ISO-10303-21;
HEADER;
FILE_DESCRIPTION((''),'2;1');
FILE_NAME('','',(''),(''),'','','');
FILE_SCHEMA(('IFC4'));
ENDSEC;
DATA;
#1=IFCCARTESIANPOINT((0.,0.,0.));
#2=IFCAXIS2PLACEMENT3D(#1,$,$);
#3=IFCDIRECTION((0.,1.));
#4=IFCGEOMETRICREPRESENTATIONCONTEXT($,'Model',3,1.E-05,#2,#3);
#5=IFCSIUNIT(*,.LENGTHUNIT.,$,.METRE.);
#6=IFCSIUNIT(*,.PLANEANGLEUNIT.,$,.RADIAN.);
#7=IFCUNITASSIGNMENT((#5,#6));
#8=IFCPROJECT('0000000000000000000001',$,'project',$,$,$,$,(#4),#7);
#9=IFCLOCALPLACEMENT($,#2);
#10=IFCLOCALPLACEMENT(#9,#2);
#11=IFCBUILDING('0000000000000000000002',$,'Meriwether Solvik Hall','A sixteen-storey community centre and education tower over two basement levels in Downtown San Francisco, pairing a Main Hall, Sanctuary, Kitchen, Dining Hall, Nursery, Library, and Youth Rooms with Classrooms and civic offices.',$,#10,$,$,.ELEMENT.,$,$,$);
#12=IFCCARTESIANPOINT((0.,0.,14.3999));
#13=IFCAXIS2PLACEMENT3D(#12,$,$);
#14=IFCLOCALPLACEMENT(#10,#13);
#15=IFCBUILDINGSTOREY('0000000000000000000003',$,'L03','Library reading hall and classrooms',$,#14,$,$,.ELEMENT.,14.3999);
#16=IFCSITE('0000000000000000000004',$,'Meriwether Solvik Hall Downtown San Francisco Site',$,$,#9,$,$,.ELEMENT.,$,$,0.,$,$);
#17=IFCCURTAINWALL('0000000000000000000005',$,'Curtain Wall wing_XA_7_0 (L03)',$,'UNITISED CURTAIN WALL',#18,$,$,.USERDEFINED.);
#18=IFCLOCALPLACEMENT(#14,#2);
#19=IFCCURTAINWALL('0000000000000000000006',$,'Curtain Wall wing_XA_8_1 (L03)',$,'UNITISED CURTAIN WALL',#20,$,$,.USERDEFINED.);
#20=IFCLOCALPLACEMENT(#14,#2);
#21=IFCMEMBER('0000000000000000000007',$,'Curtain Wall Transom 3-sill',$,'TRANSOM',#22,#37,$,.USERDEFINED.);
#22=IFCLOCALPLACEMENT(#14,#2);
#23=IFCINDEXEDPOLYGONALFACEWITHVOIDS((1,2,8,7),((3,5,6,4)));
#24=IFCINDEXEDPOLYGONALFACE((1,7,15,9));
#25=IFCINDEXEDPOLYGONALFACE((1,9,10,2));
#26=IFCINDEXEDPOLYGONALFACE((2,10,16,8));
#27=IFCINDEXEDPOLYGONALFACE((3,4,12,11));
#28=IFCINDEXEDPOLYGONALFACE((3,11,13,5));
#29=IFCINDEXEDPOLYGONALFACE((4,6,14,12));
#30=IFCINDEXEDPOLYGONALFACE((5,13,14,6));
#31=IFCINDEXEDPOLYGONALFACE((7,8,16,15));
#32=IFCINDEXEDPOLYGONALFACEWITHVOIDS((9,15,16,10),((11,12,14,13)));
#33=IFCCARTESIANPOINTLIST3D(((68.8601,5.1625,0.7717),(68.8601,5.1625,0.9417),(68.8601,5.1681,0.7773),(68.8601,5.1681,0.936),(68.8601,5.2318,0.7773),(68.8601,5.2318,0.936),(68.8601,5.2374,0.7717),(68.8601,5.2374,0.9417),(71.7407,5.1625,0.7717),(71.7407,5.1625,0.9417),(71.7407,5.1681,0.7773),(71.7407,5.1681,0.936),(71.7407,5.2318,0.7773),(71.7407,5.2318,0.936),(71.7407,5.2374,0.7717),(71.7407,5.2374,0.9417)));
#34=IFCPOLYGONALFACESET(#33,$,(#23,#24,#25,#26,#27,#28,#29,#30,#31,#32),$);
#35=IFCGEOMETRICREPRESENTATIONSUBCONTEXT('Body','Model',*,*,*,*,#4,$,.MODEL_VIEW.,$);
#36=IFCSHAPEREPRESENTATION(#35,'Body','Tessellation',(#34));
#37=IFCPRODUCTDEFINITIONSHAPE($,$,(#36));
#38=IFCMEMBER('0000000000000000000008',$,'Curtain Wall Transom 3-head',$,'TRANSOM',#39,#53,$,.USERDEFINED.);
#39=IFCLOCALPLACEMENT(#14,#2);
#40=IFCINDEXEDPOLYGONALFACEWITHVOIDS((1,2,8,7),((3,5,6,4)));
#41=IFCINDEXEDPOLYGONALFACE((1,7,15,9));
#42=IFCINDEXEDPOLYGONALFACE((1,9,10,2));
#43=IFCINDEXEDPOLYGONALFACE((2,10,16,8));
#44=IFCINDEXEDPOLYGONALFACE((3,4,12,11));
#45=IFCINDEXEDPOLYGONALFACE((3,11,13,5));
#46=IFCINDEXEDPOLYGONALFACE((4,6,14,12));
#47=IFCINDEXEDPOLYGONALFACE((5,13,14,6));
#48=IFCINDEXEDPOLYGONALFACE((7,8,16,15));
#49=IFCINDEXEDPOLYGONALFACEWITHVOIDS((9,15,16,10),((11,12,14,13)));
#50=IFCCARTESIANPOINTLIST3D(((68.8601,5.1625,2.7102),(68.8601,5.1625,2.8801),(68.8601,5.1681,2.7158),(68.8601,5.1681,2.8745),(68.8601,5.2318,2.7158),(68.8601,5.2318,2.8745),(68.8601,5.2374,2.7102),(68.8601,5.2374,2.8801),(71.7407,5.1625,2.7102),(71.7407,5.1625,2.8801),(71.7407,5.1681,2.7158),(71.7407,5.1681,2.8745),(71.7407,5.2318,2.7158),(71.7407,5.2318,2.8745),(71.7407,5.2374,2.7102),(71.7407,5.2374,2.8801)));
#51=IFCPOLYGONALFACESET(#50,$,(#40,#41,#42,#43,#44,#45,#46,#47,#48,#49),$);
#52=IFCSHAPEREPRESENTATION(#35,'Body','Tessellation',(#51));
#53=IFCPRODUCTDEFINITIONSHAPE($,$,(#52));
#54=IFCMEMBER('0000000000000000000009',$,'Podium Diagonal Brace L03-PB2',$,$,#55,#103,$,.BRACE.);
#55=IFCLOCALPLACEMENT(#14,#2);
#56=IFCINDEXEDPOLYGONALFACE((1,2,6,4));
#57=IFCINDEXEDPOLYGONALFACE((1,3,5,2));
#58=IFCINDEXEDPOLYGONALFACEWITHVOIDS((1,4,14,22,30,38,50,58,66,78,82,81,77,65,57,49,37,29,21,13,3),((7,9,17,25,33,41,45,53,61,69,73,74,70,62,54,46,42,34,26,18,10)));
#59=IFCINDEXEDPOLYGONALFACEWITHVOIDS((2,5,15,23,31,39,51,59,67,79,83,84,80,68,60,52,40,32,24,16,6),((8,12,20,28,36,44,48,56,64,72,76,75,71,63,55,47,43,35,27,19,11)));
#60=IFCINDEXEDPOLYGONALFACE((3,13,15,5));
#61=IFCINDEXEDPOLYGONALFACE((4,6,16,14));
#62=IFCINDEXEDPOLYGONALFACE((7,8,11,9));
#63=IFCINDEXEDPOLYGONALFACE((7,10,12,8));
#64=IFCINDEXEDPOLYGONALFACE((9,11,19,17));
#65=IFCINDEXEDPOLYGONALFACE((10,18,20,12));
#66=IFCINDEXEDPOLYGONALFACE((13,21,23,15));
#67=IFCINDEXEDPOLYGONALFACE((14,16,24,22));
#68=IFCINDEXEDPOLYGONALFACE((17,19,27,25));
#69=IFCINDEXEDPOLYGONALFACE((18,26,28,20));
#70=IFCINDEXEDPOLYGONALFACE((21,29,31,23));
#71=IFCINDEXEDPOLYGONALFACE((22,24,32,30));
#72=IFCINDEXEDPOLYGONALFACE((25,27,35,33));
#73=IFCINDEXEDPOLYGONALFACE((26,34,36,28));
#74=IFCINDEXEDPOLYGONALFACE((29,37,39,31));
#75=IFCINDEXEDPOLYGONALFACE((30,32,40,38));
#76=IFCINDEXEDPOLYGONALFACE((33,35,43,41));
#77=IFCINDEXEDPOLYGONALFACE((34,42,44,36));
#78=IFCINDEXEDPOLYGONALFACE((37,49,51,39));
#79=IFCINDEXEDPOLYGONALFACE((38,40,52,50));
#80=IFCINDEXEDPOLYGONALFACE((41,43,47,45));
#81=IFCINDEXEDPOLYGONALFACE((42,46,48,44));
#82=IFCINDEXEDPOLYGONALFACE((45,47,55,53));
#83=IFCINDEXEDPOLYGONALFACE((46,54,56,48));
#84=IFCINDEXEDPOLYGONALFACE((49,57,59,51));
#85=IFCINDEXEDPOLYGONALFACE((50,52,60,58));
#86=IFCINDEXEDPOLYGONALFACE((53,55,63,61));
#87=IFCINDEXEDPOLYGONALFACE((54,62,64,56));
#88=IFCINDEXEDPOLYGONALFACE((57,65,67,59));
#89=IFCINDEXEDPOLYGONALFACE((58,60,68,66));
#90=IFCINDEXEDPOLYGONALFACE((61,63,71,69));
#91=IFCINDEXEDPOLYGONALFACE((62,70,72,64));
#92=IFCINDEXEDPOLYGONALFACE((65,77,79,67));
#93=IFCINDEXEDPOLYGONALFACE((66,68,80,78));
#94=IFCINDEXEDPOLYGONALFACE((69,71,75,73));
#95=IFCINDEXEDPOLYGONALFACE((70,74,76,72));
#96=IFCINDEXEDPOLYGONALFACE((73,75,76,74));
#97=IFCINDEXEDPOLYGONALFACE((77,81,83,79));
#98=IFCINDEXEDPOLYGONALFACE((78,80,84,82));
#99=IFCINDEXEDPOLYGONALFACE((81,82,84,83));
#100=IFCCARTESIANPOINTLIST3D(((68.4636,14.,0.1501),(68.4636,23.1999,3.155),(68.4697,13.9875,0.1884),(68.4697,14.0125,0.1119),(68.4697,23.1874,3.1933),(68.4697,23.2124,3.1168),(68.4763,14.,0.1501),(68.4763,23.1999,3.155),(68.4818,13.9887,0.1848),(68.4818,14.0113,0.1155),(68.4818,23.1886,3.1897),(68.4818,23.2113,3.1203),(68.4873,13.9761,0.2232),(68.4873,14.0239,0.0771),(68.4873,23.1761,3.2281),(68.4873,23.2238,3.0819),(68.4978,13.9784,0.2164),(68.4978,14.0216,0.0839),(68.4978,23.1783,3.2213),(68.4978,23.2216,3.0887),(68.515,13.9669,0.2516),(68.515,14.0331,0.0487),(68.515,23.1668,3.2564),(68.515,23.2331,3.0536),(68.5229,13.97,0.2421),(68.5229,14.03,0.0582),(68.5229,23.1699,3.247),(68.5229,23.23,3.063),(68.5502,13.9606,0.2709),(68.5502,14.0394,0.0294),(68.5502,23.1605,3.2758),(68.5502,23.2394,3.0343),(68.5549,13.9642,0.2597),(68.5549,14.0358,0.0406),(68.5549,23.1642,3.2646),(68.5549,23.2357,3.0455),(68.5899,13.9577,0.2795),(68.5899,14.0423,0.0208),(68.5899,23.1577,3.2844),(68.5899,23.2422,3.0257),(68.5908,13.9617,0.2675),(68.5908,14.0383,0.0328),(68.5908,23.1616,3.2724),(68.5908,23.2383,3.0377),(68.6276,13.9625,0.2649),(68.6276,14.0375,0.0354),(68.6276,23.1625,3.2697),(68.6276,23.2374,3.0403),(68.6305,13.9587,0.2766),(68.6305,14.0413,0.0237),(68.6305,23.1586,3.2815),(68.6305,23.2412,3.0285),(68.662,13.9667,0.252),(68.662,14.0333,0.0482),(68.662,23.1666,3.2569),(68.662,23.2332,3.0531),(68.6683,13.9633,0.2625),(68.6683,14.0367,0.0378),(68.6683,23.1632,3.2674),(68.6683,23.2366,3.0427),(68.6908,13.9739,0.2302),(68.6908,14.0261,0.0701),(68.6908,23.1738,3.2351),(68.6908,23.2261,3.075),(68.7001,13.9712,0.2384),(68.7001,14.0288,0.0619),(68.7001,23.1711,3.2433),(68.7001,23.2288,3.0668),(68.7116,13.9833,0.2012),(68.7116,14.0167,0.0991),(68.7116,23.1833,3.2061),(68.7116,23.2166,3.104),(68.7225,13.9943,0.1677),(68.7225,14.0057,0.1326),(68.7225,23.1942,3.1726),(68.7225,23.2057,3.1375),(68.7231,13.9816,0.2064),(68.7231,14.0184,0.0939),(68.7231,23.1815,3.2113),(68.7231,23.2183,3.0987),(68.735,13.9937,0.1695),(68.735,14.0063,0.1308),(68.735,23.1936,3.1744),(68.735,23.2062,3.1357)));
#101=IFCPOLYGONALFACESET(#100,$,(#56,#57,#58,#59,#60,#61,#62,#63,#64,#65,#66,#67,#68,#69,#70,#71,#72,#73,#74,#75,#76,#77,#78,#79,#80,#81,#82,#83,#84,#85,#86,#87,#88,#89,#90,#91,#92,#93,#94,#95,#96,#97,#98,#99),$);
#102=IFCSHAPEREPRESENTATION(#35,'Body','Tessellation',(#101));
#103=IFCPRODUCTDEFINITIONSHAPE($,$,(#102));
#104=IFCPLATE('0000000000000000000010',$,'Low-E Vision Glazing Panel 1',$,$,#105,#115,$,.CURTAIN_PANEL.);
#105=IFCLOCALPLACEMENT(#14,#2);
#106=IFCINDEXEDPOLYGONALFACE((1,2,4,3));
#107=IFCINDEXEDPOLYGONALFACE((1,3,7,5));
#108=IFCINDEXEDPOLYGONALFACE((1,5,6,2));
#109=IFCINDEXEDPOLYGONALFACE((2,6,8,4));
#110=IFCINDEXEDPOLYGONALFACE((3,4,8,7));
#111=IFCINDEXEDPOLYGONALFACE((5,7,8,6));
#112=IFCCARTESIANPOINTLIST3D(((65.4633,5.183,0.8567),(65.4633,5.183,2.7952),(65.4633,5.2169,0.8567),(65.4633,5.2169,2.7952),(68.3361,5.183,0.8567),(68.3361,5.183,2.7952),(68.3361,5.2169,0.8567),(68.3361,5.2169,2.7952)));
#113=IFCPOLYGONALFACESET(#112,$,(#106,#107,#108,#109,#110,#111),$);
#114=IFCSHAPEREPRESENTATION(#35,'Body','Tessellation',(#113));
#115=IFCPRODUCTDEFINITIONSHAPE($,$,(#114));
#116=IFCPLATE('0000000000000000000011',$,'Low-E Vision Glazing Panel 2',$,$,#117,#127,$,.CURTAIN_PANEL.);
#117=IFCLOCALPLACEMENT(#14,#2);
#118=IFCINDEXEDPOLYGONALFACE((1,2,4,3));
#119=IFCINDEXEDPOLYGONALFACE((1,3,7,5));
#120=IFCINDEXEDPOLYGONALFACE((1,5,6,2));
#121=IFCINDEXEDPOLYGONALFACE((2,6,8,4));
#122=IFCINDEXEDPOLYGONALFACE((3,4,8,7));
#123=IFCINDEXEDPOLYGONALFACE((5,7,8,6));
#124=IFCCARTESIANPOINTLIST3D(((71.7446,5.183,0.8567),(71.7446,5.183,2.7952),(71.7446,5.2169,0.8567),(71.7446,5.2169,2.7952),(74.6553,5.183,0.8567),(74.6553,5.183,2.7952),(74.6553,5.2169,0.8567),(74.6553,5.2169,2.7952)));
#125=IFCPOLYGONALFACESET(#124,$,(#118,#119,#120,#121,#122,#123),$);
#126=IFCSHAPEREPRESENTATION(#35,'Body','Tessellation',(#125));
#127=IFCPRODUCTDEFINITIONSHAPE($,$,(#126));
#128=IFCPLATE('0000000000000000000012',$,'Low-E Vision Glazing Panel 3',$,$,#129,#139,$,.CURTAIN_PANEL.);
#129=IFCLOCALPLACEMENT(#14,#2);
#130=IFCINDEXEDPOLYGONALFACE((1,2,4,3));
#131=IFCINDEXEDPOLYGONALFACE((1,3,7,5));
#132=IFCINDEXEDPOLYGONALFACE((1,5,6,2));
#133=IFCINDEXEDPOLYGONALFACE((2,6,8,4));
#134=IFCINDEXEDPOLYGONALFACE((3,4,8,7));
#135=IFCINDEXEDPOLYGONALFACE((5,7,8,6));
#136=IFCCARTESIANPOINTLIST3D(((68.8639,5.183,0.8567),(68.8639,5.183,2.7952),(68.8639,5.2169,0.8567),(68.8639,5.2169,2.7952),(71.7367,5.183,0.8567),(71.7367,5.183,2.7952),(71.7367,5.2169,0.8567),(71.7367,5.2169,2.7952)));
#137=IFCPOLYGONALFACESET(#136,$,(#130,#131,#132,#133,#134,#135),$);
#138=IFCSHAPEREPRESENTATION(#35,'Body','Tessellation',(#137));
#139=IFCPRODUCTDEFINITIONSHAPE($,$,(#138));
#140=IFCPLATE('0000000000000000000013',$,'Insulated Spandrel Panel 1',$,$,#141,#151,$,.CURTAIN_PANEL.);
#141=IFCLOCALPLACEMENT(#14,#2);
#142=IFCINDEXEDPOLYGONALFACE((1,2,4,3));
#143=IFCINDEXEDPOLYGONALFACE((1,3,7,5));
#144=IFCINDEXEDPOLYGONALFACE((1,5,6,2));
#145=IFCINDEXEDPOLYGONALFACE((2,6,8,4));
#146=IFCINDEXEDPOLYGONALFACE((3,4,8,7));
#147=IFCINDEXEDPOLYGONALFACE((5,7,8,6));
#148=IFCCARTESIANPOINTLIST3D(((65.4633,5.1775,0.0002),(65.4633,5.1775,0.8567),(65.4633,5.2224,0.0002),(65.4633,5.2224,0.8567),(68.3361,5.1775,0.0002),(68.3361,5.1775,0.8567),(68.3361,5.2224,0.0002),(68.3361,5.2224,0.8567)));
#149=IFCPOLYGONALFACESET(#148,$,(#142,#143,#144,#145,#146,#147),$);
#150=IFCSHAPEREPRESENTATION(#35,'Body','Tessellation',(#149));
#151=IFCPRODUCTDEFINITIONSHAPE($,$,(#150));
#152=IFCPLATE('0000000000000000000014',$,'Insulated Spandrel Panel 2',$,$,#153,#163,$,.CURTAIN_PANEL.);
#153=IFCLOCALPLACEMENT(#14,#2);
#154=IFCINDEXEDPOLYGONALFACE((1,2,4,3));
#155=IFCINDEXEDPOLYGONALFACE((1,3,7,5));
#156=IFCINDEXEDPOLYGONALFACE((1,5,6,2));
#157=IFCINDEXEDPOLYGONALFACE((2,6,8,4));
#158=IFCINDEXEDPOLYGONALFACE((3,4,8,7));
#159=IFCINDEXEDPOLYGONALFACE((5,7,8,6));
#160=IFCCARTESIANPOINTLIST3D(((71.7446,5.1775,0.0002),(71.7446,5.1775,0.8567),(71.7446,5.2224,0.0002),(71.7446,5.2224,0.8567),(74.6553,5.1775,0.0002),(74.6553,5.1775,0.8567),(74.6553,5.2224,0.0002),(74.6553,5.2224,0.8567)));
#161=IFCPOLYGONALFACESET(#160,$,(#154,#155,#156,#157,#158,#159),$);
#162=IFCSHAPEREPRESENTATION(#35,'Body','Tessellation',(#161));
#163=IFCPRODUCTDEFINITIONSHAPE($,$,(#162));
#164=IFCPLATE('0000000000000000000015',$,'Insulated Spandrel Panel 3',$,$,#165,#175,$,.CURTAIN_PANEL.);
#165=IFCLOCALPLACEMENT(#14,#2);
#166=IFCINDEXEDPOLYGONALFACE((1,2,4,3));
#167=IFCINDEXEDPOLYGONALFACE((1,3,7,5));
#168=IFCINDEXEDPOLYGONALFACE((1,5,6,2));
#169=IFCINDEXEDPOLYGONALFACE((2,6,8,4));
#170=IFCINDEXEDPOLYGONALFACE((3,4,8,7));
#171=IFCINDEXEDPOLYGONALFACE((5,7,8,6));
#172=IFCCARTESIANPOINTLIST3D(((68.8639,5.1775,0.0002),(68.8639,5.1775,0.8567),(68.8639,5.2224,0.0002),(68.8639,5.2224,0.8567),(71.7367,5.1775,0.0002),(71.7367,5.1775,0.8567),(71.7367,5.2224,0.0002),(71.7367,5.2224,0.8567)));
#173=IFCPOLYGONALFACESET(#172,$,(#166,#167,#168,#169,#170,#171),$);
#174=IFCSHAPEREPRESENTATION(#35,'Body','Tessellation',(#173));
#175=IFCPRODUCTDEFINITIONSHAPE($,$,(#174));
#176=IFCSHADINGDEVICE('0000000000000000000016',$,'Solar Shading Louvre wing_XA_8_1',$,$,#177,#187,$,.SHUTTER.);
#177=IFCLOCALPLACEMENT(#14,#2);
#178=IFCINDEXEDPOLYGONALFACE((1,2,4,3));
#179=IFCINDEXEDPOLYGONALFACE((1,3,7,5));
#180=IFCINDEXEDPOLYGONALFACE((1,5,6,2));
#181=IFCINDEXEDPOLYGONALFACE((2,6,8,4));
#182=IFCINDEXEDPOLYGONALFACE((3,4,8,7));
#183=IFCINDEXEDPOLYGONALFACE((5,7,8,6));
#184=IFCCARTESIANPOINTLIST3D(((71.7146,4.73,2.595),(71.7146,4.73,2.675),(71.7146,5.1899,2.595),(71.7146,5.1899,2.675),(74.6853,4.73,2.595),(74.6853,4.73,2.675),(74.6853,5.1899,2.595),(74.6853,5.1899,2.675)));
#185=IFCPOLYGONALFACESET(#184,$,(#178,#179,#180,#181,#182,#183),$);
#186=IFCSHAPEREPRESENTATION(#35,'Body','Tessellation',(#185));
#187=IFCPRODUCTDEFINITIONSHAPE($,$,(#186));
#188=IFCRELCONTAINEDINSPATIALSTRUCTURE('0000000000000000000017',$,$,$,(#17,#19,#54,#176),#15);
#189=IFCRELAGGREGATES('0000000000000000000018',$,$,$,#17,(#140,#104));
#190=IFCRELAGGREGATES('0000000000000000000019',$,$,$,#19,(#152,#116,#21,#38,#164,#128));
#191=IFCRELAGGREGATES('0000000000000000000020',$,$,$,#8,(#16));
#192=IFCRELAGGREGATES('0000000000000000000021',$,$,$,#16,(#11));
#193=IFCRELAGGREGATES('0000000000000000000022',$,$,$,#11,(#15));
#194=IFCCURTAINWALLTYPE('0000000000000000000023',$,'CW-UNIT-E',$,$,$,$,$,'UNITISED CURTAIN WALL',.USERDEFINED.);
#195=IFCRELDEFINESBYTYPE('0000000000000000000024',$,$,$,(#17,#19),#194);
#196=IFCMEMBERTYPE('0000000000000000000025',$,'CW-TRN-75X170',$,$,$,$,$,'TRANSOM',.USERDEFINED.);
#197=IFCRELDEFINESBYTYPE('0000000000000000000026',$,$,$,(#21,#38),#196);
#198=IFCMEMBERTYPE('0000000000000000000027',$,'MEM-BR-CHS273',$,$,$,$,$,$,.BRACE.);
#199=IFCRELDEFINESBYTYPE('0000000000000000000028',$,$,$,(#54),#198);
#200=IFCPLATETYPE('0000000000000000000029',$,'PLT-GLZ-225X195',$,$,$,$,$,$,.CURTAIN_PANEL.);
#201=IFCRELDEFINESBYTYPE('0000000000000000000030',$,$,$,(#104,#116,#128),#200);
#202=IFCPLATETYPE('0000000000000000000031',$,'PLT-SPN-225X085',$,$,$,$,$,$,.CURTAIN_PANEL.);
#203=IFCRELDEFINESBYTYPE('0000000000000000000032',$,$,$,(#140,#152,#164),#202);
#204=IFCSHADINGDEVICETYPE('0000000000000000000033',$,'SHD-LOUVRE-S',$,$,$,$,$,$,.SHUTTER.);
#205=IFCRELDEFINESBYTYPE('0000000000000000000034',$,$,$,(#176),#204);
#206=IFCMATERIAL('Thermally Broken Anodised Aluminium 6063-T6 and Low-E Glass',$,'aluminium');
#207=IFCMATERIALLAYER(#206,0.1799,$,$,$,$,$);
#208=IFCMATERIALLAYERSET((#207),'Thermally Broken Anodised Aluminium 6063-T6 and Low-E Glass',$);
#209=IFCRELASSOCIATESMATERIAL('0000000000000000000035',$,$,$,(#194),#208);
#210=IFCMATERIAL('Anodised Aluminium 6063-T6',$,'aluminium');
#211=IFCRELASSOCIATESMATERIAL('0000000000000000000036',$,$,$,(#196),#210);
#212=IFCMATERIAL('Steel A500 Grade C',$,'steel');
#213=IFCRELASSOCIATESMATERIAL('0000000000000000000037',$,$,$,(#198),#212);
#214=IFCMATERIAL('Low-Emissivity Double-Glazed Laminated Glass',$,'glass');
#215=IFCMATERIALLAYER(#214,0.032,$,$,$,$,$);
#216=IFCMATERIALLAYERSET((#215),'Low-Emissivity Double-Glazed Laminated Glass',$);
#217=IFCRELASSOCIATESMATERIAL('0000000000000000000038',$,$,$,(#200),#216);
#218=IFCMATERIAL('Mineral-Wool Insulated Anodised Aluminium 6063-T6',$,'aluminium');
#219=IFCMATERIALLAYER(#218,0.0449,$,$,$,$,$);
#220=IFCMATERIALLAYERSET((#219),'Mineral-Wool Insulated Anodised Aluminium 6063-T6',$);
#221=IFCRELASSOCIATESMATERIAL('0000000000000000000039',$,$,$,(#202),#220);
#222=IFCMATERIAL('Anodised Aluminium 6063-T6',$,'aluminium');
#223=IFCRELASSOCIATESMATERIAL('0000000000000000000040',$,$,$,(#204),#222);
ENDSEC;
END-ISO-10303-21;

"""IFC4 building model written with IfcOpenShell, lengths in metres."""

from ifc_helpers import new_model, si_unit, direction, frame, origin, origin_2d, place, context, subcontext, project, spatial, rectangle, hollow_rectangle, hollow_circle, extrude, material, layer, layer_set, material_profile, profile_set, type_object, element, aggregate, save


model = new_model("IFC4")

# Units and contexts
model_context = context("Model", 3, precision=1e-05, world=origin(), true_north=direction((0.0, 1.0)))
body_context = subcontext(model_context, "Body", "Model", "MODEL_VIEW")
ifc_project = project(units=[si_unit("LENGTHUNIT", "METRE"), si_unit("PLANEANGLEUNIT", "RADIAN")], contexts=[model_context])

# Site, building, storey
site_placement = place(None, origin())
site = spatial("IfcSite", under=ifc_project, at=site_placement, Name="Meriwether Solvik Hall Downtown San Francisco Site", CompositionType="ELEMENT", RefElevation=0.0)
building_placement = place(site_placement, origin())
building = spatial("IfcBuilding", under=site, at=building_placement, Name="Meriwether Solvik Hall", Description="A sixteen-storey community centre and education tower over two basement levels in Downtown San Francisco, pairing a Main Hall, Sanctuary, Kitchen, Dining Hall, Nursery, Library, and Youth Rooms with Classrooms and civic offices.", CompositionType="ELEMENT")
storey_placement = place(building_placement, frame((0.0, 0.0, 14.3999)))
storey = spatial("IfcBuildingStorey", under=building, at=storey_placement, Name="L03", Description="Library reading hall and classrooms", CompositionType="ELEMENT", Elevation=14.3999)

# Curtain walls
ifc_material_1 = material(Name="Thermally Broken Anodised Aluminium 6063-T6 and Low-E Glass", Category="aluminium")
ifc_layer_1 = layer(ifc_material_1, 0.1799)
ifc_layer_set_1 = layer_set([ifc_layer_1], Name="Thermally Broken Anodised Aluminium 6063-T6 and Low-E Glass")
curtain_wall_type = type_object("IfcCurtainWallType", Name="CW-UNIT-E", ElementType="UNITISED CURTAIN WALL", PredefinedType="USERDEFINED", material=ifc_layer_set_1)
curtain_wall_1_placement = place(storey_placement, origin())
curtain_wall_1 = element("IfcCurtainWall", 1, at=curtain_wall_1_placement, inside=storey, type_object=curtain_wall_type, Name="Curtain Wall wing_XA_7_0 (L03)", ObjectType="UNITISED CURTAIN WALL", PredefinedType="USERDEFINED")
curtain_wall_2_placement = place(storey_placement, origin())
curtain_wall_2 = element("IfcCurtainWall", 2, at=curtain_wall_2_placement, inside=storey, type_object=curtain_wall_type, Name="Curtain Wall wing_XA_8_1 (L03)", ObjectType="UNITISED CURTAIN WALL", PredefinedType="USERDEFINED")

# Members
ifc_material_2 = material(Name="Anodised Aluminium 6063-T6", Category="aluminium")
ifc_material_profile_1 = material_profile(ifc_material_2, hollow_rectangle(XDim=0.075, YDim=0.1699, WallThickness=0.0056, at=origin_2d()), Name="CWT-75X170")
ifc_profile_set_1 = profile_set([ifc_material_profile_1], Name="Anodised Aluminium 6063-T6")
member_type_1 = type_object("IfcMemberType", Name="CW-TRN-75X170", ElementType="TRANSOM", PredefinedType="USERDEFINED", material=ifc_profile_set_1)
member_1_placement = place(storey_placement, frame((71.7407, 5.2, 0.8567), z_axis=(-1.0, 0.0, 0.0), x_axis=(0.0, -1.0, 0.0)))
member_1 = element("IfcMember", 3, at=member_1_placement, type_object=member_type_1, Name="Curtain Wall Transom 3-sill", ObjectType="TRANSOM", PredefinedType="USERDEFINED", context=body_context, shape_type="SweptSolid", body=[
    extrude(hollow_rectangle(XDim=0.075, YDim=0.1699, WallThickness=0.0056, at=origin_2d()), origin(), (0.0, 0.0, 1.0), 2.8806),
])
member_2_placement = place(storey_placement, frame((71.7407, 5.2, 2.7952), z_axis=(-1.0, 0.0, 0.0), x_axis=(0.0, -1.0, 0.0)))
member_2 = element("IfcMember", 4, at=member_2_placement, type_object=member_type_1, Name="Curtain Wall Transom 3-head", ObjectType="TRANSOM", PredefinedType="USERDEFINED", context=body_context, shape_type="SweptSolid", body=[
    extrude(hollow_rectangle(XDim=0.075, YDim=0.1699, WallThickness=0.0056, at=origin_2d()), origin(), (0.0, 0.0, 1.0), 2.8806),
])
ifc_material_3 = material(Name="Steel A500 Grade C", Category="steel")
ifc_material_profile_2 = material_profile(ifc_material_3, hollow_circle(Radius=0.1365, WallThickness=0.0127, at=origin_2d()), Name="CHS273X12.7")
ifc_profile_set_2 = profile_set([ifc_material_profile_2], Name="Steel A500 Grade C")
member_type_2 = type_object("IfcMemberType", Name="MEM-BR-CHS273", PredefinedType="BRACE", material=ifc_profile_set_2)
member_3_placement = place(storey_placement, frame((68.6001, 14.0, 0.1501), z_axis=(0.0, 0.950581, 0.310478), x_axis=(-1.0, 0.0, 0.0)))
element("IfcMember", 5, at=member_3_placement, inside=storey, type_object=member_type_2, Name="Podium Diagonal Brace L03-PB2", PredefinedType="BRACE", context=body_context, shape_type="SweptSolid", body=[
    extrude(hollow_circle(Radius=0.1365, WallThickness=0.0127, at=origin_2d()), origin(), (0.0, 0.0, 1.0), 9.6782),
])

# Plates
ifc_material_4 = material(Name="Low-Emissivity Double-Glazed Laminated Glass", Category="glass")
ifc_layer_2 = layer(ifc_material_4, 0.032)
ifc_layer_set_2 = layer_set([ifc_layer_2], Name="Low-Emissivity Double-Glazed Laminated Glass")
plate_type_1 = type_object("IfcPlateType", Name="PLT-GLZ-225X195", PredefinedType="CURTAIN_PANEL", material=ifc_layer_set_2)
plate_1_placement = place(storey_placement, frame((66.8997, 5.2, 0.8567), z_axis=(0.0, 0.0, 1.0), x_axis=(-1.0, 0.0, 0.0)))
plate_1 = element("IfcPlate", 6, at=plate_1_placement, type_object=plate_type_1, Name="Low-E Vision Glazing Panel 1", PredefinedType="CURTAIN_PANEL", context=body_context, shape_type="SweptSolid", body=[
    extrude(rectangle(XDim=2.8728, YDim=0.0339, at=origin_2d()), origin(), (0.0, 0.0, 1.0), 1.9385),
])
plate_2_placement = place(storey_placement, frame((73.2, 5.2, 0.8567), z_axis=(0.0, 0.0, 1.0), x_axis=(-1.0, 0.0, 0.0)))
plate_2 = element("IfcPlate", 7, at=plate_2_placement, type_object=plate_type_1, Name="Low-E Vision Glazing Panel 2", PredefinedType="CURTAIN_PANEL", context=body_context, shape_type="SweptSolid", body=[
    extrude(rectangle(XDim=2.9106, YDim=0.0339, at=origin_2d()), origin(), (0.0, 0.0, 1.0), 1.9385),
])
plate_3_placement = place(storey_placement, frame((70.3003, 5.2, 0.8567), z_axis=(0.0, 0.0, 1.0), x_axis=(-1.0, 0.0, 0.0)))
plate_3 = element("IfcPlate", 8, at=plate_3_placement, type_object=plate_type_1, Name="Low-E Vision Glazing Panel 3", PredefinedType="CURTAIN_PANEL", context=body_context, shape_type="SweptSolid", body=[
    extrude(rectangle(XDim=2.8728, YDim=0.0339, at=origin_2d()), origin(), (0.0, 0.0, 1.0), 1.9385),
])
ifc_material_5 = material(Name="Mineral-Wool Insulated Anodised Aluminium 6063-T6", Category="aluminium")
ifc_layer_3 = layer(ifc_material_5, 0.0449)
ifc_layer_set_3 = layer_set([ifc_layer_3], Name="Mineral-Wool Insulated Anodised Aluminium 6063-T6")
plate_type_2 = type_object("IfcPlateType", Name="PLT-SPN-225X085", PredefinedType="CURTAIN_PANEL", material=ifc_layer_set_3)
plate_4_placement = place(storey_placement, frame((66.8997, 5.2, 0.0002), z_axis=(0.0, 0.0, 1.0), x_axis=(-1.0, 0.0, 0.0)))
plate_4 = element("IfcPlate", 9, at=plate_4_placement, type_object=plate_type_2, Name="Insulated Spandrel Panel 1", PredefinedType="CURTAIN_PANEL", context=body_context, shape_type="SweptSolid", body=[
    extrude(rectangle(XDim=2.8728, YDim=0.0449, at=origin_2d()), origin(), (0.0, 0.0, 1.0), 0.8564),
])
aggregate(curtain_wall_1, [plate_4, plate_1])
plate_5_placement = place(storey_placement, frame((73.2, 5.2, 0.0002), z_axis=(0.0, 0.0, 1.0), x_axis=(-1.0, 0.0, 0.0)))
plate_5 = element("IfcPlate", 10, at=plate_5_placement, type_object=plate_type_2, Name="Insulated Spandrel Panel 2", PredefinedType="CURTAIN_PANEL", context=body_context, shape_type="SweptSolid", body=[
    extrude(rectangle(XDim=2.9106, YDim=0.0449, at=origin_2d()), origin(), (0.0, 0.0, 1.0), 0.8564),
])
plate_6_placement = place(storey_placement, frame((70.3003, 5.2, 0.0002), z_axis=(0.0, 0.0, 1.0), x_axis=(-1.0, 0.0, 0.0)))
plate_6 = element("IfcPlate", 11, at=plate_6_placement, type_object=plate_type_2, Name="Insulated Spandrel Panel 3", PredefinedType="CURTAIN_PANEL", context=body_context, shape_type="SweptSolid", body=[
    extrude(rectangle(XDim=2.8728, YDim=0.0449, at=origin_2d()), origin(), (0.0, 0.0, 1.0), 0.8564),
])
aggregate(curtain_wall_2, [plate_5, plate_2, member_1, member_2, plate_6, plate_3])

# Shading device
ifc_material_6 = material(Name="Anodised Aluminium 6063-T6", Category="aluminium")
shading_device_type = type_object("IfcShadingDeviceType", Name="SHD-LOUVRE-S", PredefinedType="SHUTTER", material=ifc_material_6)
shading_device_placement = place(storey_placement, frame((73.2, 4.96, 2.595), z_axis=(0.0, 0.0, 1.0), x_axis=(-1.0, 0.0, 0.0)))
element("IfcShadingDevice", 12, at=shading_device_placement, inside=storey, type_object=shading_device_type, Name="Solar Shading Louvre wing_XA_8_1", PredefinedType="SHUTTER", context=body_context, shape_type="SweptSolid", body=[
    extrude(rectangle(XDim=2.9707, YDim=0.46, at=origin_2d()), origin(), (0.0, 0.0, 1.0), 0.0801),
])

save(model, "model.ifc")
